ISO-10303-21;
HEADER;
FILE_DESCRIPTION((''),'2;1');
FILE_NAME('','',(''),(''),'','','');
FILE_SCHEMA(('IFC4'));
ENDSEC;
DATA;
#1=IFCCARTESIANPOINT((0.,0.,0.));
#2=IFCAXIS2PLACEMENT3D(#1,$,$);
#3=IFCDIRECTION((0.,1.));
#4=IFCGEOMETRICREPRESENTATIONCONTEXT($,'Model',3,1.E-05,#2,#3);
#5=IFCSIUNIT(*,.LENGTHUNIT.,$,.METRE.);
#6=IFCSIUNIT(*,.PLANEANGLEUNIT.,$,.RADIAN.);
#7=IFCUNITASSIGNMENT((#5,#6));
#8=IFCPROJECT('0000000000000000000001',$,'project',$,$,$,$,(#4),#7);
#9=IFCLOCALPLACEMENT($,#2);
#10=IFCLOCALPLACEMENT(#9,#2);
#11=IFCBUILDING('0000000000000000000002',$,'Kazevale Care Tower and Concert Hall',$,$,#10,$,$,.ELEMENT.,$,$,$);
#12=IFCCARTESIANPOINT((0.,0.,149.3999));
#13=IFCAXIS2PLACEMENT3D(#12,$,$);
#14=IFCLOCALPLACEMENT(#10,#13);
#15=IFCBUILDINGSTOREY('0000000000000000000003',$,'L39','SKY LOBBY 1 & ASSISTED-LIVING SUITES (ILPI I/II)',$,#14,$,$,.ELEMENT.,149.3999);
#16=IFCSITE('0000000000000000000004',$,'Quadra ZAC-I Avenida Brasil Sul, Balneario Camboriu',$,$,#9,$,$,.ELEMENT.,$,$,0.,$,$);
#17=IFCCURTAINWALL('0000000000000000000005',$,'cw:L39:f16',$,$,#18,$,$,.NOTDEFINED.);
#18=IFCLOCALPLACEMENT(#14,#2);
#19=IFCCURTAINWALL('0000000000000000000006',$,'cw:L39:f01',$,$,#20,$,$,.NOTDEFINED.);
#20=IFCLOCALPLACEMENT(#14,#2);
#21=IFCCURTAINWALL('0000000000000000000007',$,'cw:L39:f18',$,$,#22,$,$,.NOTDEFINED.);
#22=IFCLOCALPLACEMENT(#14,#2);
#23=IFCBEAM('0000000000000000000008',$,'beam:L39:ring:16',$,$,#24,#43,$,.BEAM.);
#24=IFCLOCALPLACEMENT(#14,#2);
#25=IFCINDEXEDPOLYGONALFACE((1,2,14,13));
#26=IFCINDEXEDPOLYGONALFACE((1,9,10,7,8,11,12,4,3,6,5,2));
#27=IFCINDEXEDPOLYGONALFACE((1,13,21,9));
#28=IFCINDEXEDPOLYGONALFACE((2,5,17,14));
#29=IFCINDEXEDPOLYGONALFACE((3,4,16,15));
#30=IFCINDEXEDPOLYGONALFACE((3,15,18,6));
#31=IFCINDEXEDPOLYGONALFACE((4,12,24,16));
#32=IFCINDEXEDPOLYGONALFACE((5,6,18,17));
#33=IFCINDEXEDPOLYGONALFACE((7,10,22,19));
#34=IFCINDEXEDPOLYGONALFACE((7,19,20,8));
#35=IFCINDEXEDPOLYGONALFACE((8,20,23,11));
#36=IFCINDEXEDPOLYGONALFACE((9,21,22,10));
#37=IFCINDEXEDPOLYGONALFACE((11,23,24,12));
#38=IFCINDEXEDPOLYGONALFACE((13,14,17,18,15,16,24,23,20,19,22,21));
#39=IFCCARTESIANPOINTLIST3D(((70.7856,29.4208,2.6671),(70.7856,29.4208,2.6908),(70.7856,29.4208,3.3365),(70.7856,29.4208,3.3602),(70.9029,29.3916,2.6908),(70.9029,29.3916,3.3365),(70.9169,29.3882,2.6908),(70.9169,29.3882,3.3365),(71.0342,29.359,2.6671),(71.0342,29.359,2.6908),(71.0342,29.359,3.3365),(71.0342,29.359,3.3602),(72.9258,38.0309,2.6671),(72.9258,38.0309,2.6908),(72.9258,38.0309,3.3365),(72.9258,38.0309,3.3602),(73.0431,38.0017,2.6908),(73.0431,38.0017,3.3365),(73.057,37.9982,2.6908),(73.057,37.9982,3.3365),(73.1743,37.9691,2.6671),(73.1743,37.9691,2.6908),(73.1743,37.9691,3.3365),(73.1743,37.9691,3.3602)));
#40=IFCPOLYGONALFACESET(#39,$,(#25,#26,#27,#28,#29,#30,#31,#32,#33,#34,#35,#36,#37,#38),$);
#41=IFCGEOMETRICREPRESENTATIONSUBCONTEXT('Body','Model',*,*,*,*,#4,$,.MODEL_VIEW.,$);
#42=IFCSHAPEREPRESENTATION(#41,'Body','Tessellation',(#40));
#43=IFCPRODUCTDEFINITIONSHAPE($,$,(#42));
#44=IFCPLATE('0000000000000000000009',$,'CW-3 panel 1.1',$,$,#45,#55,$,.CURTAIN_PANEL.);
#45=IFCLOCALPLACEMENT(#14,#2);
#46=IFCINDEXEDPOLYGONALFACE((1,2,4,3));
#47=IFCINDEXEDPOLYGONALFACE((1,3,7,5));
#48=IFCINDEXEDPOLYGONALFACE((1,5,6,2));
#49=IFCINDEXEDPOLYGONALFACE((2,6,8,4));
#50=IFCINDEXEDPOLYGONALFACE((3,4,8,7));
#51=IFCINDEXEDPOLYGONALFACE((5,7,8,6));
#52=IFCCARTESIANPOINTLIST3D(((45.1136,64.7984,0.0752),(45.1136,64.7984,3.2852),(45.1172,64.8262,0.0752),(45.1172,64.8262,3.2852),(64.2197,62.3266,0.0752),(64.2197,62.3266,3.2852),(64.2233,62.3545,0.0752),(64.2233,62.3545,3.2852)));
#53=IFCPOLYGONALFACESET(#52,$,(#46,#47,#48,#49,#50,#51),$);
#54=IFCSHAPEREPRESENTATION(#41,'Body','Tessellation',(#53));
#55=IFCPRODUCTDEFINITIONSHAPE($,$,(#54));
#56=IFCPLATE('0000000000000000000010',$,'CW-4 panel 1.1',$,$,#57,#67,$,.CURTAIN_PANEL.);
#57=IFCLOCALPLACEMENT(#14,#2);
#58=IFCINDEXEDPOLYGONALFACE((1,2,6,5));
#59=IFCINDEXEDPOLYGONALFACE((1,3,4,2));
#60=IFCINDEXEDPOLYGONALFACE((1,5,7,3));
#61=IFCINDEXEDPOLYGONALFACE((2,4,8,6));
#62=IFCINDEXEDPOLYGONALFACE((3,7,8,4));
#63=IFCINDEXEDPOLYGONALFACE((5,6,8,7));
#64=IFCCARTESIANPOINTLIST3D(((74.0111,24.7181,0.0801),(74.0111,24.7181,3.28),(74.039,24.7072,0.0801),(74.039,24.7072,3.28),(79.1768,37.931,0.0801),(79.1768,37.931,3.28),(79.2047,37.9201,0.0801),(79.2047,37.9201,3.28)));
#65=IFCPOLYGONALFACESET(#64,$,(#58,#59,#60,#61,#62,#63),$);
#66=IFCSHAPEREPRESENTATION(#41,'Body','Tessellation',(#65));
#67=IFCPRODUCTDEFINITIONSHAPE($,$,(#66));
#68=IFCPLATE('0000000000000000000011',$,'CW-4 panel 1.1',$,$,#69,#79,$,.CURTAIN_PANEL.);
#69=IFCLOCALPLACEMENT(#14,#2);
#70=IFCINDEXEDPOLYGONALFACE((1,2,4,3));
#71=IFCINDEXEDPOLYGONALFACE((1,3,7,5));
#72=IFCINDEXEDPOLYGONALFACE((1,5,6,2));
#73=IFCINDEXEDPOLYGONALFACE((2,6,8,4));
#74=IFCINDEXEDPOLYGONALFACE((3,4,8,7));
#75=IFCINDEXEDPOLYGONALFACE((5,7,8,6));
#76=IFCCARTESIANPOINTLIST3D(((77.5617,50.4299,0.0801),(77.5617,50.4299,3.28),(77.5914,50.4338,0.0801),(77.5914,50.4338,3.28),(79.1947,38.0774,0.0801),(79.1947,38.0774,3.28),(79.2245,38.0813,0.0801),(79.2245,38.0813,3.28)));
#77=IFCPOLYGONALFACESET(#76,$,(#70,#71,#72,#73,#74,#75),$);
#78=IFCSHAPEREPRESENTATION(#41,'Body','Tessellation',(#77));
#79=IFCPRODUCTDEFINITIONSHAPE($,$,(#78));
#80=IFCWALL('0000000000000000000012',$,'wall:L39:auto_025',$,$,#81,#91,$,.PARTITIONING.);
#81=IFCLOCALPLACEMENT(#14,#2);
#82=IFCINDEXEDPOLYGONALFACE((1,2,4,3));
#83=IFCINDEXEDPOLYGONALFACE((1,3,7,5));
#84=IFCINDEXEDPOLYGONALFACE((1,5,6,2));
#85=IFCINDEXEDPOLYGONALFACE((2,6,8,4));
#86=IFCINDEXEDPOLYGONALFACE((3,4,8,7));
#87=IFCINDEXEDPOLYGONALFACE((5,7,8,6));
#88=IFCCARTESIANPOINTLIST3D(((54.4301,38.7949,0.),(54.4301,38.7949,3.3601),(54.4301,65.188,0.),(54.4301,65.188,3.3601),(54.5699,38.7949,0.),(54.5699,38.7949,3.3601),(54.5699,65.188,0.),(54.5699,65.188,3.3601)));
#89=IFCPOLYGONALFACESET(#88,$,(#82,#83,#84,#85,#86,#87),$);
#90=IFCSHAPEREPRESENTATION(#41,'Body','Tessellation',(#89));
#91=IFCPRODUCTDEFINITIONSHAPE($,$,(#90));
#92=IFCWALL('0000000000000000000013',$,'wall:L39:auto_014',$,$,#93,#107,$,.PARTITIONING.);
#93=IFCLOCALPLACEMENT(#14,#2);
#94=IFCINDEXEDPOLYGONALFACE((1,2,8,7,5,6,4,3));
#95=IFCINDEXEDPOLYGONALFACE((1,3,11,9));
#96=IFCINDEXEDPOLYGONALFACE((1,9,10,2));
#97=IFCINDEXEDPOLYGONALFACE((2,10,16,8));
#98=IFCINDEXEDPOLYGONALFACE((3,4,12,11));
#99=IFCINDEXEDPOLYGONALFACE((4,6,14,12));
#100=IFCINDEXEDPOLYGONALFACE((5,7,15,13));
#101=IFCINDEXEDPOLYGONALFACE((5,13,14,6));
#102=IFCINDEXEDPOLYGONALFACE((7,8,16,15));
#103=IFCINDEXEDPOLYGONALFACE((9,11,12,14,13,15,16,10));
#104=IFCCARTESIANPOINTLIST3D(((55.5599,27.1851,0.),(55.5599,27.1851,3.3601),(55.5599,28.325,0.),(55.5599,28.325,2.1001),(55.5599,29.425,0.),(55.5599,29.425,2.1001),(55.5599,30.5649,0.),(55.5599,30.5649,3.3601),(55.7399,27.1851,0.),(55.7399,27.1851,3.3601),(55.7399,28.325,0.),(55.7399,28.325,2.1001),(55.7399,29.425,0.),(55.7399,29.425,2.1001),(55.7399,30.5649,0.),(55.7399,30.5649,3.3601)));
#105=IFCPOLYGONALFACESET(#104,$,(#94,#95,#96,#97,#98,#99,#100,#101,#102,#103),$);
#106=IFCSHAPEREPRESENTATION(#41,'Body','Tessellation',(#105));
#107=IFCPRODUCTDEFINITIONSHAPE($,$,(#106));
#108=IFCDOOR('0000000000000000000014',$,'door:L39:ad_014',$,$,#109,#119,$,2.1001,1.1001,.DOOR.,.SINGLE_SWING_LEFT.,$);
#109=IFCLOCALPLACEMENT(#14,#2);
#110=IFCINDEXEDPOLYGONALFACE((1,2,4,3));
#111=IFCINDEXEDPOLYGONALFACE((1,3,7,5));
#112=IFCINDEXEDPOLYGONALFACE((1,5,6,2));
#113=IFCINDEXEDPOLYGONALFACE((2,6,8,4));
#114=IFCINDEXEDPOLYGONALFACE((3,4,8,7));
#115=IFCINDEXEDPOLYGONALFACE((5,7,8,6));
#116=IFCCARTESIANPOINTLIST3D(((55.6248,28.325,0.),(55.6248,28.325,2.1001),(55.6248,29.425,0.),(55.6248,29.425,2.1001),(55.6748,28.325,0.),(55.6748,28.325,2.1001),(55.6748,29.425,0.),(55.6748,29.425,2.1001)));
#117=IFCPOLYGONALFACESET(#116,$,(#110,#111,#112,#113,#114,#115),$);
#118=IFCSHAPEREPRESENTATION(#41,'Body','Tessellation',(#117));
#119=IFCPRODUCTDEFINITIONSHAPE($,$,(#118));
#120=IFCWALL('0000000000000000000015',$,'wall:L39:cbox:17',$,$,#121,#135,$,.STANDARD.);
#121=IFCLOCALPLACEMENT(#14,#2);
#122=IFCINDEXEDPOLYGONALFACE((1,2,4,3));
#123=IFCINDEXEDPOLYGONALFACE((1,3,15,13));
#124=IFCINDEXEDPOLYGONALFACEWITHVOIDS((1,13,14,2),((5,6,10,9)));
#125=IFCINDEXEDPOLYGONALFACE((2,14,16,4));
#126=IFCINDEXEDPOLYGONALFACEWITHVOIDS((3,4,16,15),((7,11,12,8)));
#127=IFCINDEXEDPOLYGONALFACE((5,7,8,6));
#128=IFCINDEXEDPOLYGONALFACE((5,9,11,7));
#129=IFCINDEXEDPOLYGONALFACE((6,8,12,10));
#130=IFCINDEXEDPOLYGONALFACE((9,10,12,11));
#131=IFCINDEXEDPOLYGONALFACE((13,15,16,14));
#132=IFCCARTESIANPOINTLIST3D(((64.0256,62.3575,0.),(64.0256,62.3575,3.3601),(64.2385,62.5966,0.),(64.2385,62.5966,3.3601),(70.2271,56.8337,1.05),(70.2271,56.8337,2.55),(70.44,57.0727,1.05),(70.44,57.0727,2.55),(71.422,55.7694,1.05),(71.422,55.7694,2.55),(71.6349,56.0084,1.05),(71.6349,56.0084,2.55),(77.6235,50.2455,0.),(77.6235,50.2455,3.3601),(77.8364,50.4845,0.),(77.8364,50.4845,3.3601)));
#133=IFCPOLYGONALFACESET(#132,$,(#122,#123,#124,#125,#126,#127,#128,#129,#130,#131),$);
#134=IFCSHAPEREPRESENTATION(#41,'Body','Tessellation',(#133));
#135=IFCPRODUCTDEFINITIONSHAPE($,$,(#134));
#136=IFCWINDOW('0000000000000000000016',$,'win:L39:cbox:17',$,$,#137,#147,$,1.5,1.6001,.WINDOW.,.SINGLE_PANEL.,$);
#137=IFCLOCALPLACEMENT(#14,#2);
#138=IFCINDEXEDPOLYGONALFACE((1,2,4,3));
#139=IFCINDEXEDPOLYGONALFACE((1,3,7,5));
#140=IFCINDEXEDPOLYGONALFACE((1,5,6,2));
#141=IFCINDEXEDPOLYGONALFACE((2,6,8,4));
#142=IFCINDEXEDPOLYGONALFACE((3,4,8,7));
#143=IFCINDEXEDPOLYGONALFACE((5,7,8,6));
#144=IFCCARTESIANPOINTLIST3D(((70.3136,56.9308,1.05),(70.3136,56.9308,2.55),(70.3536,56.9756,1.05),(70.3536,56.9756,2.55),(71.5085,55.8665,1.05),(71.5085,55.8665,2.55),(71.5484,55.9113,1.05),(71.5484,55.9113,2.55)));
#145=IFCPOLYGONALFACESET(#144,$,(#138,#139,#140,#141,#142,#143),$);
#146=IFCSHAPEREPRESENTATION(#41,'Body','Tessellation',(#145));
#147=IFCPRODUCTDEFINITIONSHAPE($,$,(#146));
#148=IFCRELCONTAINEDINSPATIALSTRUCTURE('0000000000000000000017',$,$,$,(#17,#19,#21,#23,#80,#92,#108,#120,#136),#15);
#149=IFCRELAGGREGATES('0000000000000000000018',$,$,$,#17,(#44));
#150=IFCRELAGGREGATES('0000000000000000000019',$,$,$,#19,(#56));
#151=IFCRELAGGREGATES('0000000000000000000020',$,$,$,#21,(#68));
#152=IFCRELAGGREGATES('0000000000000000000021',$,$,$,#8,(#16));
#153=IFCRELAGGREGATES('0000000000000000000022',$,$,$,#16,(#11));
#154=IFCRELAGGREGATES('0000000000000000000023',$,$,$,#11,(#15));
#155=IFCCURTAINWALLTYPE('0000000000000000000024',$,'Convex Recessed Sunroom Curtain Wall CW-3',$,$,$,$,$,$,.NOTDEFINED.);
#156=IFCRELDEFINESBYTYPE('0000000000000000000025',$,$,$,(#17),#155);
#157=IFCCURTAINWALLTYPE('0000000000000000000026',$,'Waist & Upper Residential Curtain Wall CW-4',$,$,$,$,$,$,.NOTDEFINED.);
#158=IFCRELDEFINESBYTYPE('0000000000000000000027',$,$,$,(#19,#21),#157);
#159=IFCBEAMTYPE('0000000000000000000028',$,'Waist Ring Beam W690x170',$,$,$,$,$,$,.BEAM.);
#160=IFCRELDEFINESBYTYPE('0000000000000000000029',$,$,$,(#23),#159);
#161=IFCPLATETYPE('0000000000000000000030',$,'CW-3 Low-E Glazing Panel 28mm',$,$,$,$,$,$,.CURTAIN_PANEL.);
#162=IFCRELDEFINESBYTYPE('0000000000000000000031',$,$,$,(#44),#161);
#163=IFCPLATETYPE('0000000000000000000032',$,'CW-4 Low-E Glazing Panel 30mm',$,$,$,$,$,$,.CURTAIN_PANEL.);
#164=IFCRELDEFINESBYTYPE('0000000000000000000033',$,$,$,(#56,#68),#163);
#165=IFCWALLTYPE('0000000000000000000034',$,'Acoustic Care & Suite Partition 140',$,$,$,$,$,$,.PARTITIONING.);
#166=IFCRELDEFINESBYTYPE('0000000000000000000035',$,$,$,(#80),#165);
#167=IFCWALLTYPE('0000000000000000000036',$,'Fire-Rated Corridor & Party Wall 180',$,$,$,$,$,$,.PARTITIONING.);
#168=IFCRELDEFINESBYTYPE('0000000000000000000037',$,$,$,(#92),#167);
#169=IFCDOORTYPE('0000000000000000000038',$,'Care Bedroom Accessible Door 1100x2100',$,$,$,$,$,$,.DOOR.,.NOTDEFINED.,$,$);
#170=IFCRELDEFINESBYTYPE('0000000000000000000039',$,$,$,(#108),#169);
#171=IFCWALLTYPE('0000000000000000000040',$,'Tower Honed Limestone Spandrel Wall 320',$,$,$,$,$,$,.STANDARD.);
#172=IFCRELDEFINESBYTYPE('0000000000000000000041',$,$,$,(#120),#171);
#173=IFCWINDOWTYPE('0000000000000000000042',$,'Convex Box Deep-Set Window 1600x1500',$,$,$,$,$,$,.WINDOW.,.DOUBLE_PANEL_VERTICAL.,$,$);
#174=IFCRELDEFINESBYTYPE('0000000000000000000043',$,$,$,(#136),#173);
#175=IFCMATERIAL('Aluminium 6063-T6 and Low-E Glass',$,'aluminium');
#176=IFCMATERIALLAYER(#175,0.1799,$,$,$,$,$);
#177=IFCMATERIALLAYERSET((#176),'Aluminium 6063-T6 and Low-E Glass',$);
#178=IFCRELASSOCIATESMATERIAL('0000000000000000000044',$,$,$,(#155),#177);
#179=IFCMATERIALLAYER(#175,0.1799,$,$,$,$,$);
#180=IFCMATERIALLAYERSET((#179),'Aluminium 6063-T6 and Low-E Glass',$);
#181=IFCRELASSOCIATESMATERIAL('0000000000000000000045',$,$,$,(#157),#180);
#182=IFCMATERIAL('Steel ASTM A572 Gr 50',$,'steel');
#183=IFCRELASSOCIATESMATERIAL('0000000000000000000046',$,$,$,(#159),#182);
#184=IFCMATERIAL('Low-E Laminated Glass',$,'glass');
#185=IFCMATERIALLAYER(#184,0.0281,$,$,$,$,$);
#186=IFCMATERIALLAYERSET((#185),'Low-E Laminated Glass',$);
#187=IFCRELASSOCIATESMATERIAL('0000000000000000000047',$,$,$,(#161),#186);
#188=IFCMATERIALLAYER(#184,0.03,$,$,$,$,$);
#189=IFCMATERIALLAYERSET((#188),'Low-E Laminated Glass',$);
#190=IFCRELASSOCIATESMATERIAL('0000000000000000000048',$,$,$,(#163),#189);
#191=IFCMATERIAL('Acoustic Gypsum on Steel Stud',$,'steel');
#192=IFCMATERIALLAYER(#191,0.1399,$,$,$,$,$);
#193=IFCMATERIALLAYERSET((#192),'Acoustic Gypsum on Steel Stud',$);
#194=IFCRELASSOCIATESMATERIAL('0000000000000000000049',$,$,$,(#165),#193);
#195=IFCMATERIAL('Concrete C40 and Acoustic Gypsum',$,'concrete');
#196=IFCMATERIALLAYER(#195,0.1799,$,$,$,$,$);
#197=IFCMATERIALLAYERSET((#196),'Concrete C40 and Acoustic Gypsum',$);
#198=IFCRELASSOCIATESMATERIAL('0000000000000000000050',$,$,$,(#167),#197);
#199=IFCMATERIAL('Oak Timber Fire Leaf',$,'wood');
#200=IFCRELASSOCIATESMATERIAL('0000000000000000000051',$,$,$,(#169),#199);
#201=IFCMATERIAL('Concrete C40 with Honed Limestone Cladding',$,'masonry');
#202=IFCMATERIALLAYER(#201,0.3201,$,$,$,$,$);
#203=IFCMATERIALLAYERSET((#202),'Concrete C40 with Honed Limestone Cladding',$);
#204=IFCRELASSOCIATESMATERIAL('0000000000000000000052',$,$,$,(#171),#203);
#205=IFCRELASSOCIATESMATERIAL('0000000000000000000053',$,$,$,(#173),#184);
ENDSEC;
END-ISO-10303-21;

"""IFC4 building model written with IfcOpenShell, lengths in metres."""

from ifc_helpers import new_model, si_unit, direction, frame, frame_2d, origin, origin_2d, place, context, subcontext, project, spatial, rectangle, i_section, extrude, material, layer, layer_set, material_profile, profile_set, type_object, element, fill, aggregate, save


model = new_model("IFC4")

# Units and contexts
model_context = context("Model", 3, precision=1e-05, world=origin(), true_north=direction((0.0, 1.0)))
body_context = subcontext(model_context, "Body", "Model", "MODEL_VIEW")
ifc_project = project(units=[si_unit("LENGTHUNIT", "METRE"), si_unit("PLANEANGLEUNIT", "RADIAN")], contexts=[model_context])

# Site, building, storey
site_placement = place(None, origin())
site = spatial("IfcSite", under=ifc_project, at=site_placement, Name="Quadra ZAC-I Avenida Brasil Sul, Balneario Camboriu", CompositionType="ELEMENT", RefElevation=0.0)
building_placement = place(site_placement, origin())
building = spatial("IfcBuilding", under=site, at=building_placement, Name="Kazevale Care Tower and Concert Hall", CompositionType="ELEMENT")
storey_placement = place(building_placement, frame((0.0, 0.0, 149.3999)))
storey = spatial("IfcBuildingStorey", under=building, at=storey_placement, Name="L39", Description="SKY LOBBY 1 & ASSISTED-LIVING SUITES (ILPI I/II)", CompositionType="ELEMENT", Elevation=149.3999)

# Curtain walls
ifc_material_1 = material(Name="Aluminium 6063-T6 and Low-E Glass", Category="aluminium")
ifc_layer_1 = layer(ifc_material_1, 0.1799)
ifc_layer_set_1 = layer_set([ifc_layer_1], Name="Aluminium 6063-T6 and Low-E Glass")
curtain_wall_type_1 = type_object("IfcCurtainWallType", Name="Convex Recessed Sunroom Curtain Wall CW-3", PredefinedType="NOTDEFINED", material=ifc_layer_set_1)
curtain_wall_1_placement = place(storey_placement, origin())
curtain_wall_1 = element("IfcCurtainWall", 1, at=curtain_wall_1_placement, inside=storey, type_object=curtain_wall_type_1, Name="cw:L39:f16", PredefinedType="NOTDEFINED")
ifc_layer_2 = layer(ifc_material_1, 0.1799)
ifc_layer_set_2 = layer_set([ifc_layer_2], Name="Aluminium 6063-T6 and Low-E Glass")
curtain_wall_type_2 = type_object("IfcCurtainWallType", Name="Waist & Upper Residential Curtain Wall CW-4", PredefinedType="NOTDEFINED", material=ifc_layer_set_2)
curtain_wall_2_placement = place(storey_placement, origin())
curtain_wall_2 = element("IfcCurtainWall", 2, at=curtain_wall_2_placement, inside=storey, type_object=curtain_wall_type_2, Name="cw:L39:f01", PredefinedType="NOTDEFINED")

# Curtain wall
curtain_wall_3_placement = place(storey_placement, origin())
curtain_wall_3 = element("IfcCurtainWall", 3, at=curtain_wall_3_placement, inside=storey, type_object=curtain_wall_type_2, Name="cw:L39:f18", PredefinedType="NOTDEFINED")

# Beam
ifc_material_2 = material(Name="Steel ASTM A572 Gr 50", Category="steel")
ifc_material_profile_1 = material_profile(ifc_material_2, i_section(OverallWidth=0.2561, OverallDepth=0.6931, WebThickness=0.0144, FlangeThickness=0.0237, at=origin_2d()), Name="W690x170")
ifc_profile_set_1 = profile_set([ifc_material_profile_1], Name="Steel ASTM A572 Gr 50")
beam_type_1 = type_object("IfcBeamType", Name="Waist Ring Beam W690x170", PredefinedType="BEAM", material=ifc_profile_set_1)
beam_1_placement = place(storey_placement, frame((70.9099, 29.3899, 3.0137), z_axis=(0.241221, 0.97047, 0.0), x_axis=(-0.97047, 0.241221, 0.0)))
element("IfcBeam", 4, at=beam_1_placement, inside=storey, type_object=beam_type_1, Name="beam:L39:ring:16", PredefinedType="BEAM", context=body_context, shape_type="SweptSolid", body=[
    extrude(i_section(OverallWidth=0.2561, OverallDepth=0.6931, WebThickness=0.0144, FlangeThickness=0.0237, at=origin_2d()), origin(), (0.0, 0.0, 1.0), 8.8721),
])

# Plates
ifc_material_3 = material(Name="Low-E Laminated Glass", Category="glass")
ifc_layer_3 = layer(ifc_material_3, 0.0281)
ifc_layer_set_3 = layer_set([ifc_layer_3], Name="Low-E Laminated Glass")
plate_type_1 = type_object("IfcPlateType", Name="CW-3 Low-E Glazing Panel 28mm", PredefinedType="CURTAIN_PANEL", material=ifc_layer_set_3)
plate_1_placement = place(storey_placement, frame((54.6685, 63.5764, 0.0752), z_axis=(0.0, 0.0, 1.0), x_axis=(0.991735, -0.1283, 0.0)))
plate_1 = element("IfcPlate", 5, at=plate_1_placement, type_object=plate_type_1, Name="CW-3 panel 1.1", PredefinedType="CURTAIN_PANEL", context=body_context, shape_type="SweptSolid", body=[
    extrude(rectangle(XDim=19.2654, YDim=0.0281, at=origin_2d()), origin(), (0.0, 0.0, 1.0), 3.21),
])
aggregate(curtain_wall_1, [plate_1])
ifc_layer_4 = layer(ifc_material_3, 0.03)
ifc_layer_set_4 = layer_set([ifc_layer_4], Name="Low-E Laminated Glass")
plate_type_2 = type_object("IfcPlateType", Name="CW-4 Low-E Glazing Panel 30mm", PredefinedType="CURTAIN_PANEL", material=ifc_layer_set_4)
plate_2_placement = place(storey_placement, frame((76.6079, 31.3191, 0.0801), z_axis=(0.0, 0.0, 1.0), x_axis=(-0.364121, -0.931352, 0.0)))
plate_2 = element("IfcPlate", 6, at=plate_2_placement, type_object=plate_type_2, Name="CW-4 panel 1.1", PredefinedType="CURTAIN_PANEL", context=body_context, shape_type="SweptSolid", body=[
    extrude(rectangle(XDim=14.1868, YDim=0.03, at=origin_2d()), origin(), (0.0, 0.0, 1.0), 3.2),
])
aggregate(curtain_wall_2, [plate_2])
plate_3_placement = place(storey_placement, frame((78.3931, 44.2556, 0.0801), z_axis=(0.0, 0.0, 1.0), x_axis=(0.131063, -0.991374, 0.0)))
plate_3 = element("IfcPlate", 7, at=plate_3_placement, type_object=plate_type_2, Name="CW-4 panel 1.1", PredefinedType="CURTAIN_PANEL", context=body_context, shape_type="SweptSolid", body=[
    extrude(rectangle(XDim=12.46, YDim=0.03, at=origin_2d()), origin(), (0.0, 0.0, 1.0), 3.2),
])
aggregate(curtain_wall_3, [plate_3])

# Wall
ifc_material_4 = material(Name="Acoustic Gypsum on Steel Stud", Category="steel")
ifc_layer_5 = layer(ifc_material_4, 0.1399)
ifc_layer_set_5 = layer_set([ifc_layer_5], Name="Acoustic Gypsum on Steel Stud")
wall_type_1 = type_object("IfcWallType", Name="Acoustic Care & Suite Partition 140", PredefinedType="PARTITIONING", material=ifc_layer_set_5)
wall_1_placement = place(storey_placement, frame((54.5, 65.188, 0.0), z_axis=(0.0, 0.0, 1.0), x_axis=(0.0, -1.0, 0.0)))
element("IfcWall", 8, at=wall_1_placement, inside=storey, type_object=wall_type_1, Name="wall:L39:auto_025", PredefinedType="PARTITIONING", context=body_context, shape_type="SweptSolid", body=[
    extrude(rectangle(XDim=26.3931, YDim=0.1399, at=frame_2d((13.1965, 0.0))), origin(), (0.0, 0.0, 1.0), 3.3601),
])

# Wall, opening, door
ifc_material_5 = material(Name="Concrete C40 and Acoustic Gypsum", Category="concrete")
ifc_layer_6 = layer(ifc_material_5, 0.1799)
ifc_layer_set_6 = layer_set([ifc_layer_6], Name="Concrete C40 and Acoustic Gypsum")
wall_type_2 = type_object("IfcWallType", Name="Fire-Rated Corridor & Party Wall 180", PredefinedType="PARTITIONING", material=ifc_layer_set_6)
wall_2_placement = place(storey_placement, frame((55.6499, 30.5649, 0.0), z_axis=(0.0, 0.0, 1.0), x_axis=(0.0, -1.0, 0.0)))
wall_2 = element("IfcWall", 9, at=wall_2_placement, inside=storey, type_object=wall_type_2, Name="wall:L39:auto_014", PredefinedType="PARTITIONING", context=body_context, shape_type="SweptSolid", body=[
    extrude(rectangle(XDim=3.3799, YDim=0.1799, at=frame_2d((1.6899, 0.0))), origin(), (0.0, 0.0, 1.0), 3.3601),
])
opening_1_placement = place(wall_2_placement, frame((1.1399, 0.0, 0.0)))
opening_1 = element("IfcOpeningElement", 10, at=opening_1_placement, cuts=wall_2, PredefinedType="OPENING", context=body_context, shape_type="SweptSolid", body=[
    extrude(rectangle(XDim=1.1001, YDim=2.1001, at=frame_2d((0.55, 1.05))), frame((0.0, 0.0999, 0.0), z_axis=(0.0, -1.0, 0.0), x_axis=(1.0, 0.0, 0.0)), (0.0, 0.0, 1.0), 0.2),
])
ifc_material_6 = material(Name="Oak Timber Fire Leaf", Category="wood")
door_type = type_object("IfcDoorType", Name="Care Bedroom Accessible Door 1100x2100", OperationType="NOTDEFINED", PredefinedType="DOOR", material=ifc_material_6)
door_placement = place(opening_1_placement, origin())
door = element("IfcDoor", 11, at=door_placement, inside=storey, type_object=door_type, Name="door:L39:ad_014", OperationType="SINGLE_SWING_LEFT", OverallHeight=2.1001, OverallWidth=1.1001, PredefinedType="DOOR", context=body_context, shape_type="SweptSolid", body=[
    extrude(rectangle(XDim=1.1001, YDim=2.1001, at=frame_2d((0.55, 1.05))), frame((0.0, 0.0249, 0.0), z_axis=(0.0, -1.0, 0.0), x_axis=(1.0, 0.0, 0.0)), (0.0, 0.0, 1.0), 0.05),
])
fill(opening_1, door)

# Wall, opening, window
ifc_material_7 = material(Name="Concrete C40 with Honed Limestone Cladding", Category="masonry")
ifc_layer_7 = layer(ifc_material_7, 0.3201)
ifc_layer_set_7 = layer_set([ifc_layer_7], Name="Concrete C40 with Honed Limestone Cladding")
wall_type_3 = type_object("IfcWallType", Name="Tower Honed Limestone Spandrel Wall 320", PredefinedType="STANDARD", material=ifc_layer_set_7)
wall_3_placement = place(storey_placement, frame((64.1321, 62.4771, 0.0), z_axis=(0.0, 0.0, 1.0), x_axis=(0.746726, -0.665132, 0.0)))
wall_3 = element("IfcWall", 12, at=wall_3_placement, inside=storey, type_object=wall_type_3, Name="wall:L39:cbox:17", PredefinedType="STANDARD", context=body_context, shape_type="SweptSolid", body=[
    extrude(rectangle(XDim=18.21, YDim=0.3201, at=frame_2d((9.105, 0.0))), origin(), (0.0, 0.0, 1.0), 3.3601),
])
opening_2_placement = place(wall_3_placement, frame((8.3049, 0.0, 1.05)))
opening_2 = element("IfcOpeningElement", 13, at=opening_2_placement, cuts=wall_3, PredefinedType="OPENING", context=body_context, shape_type="SweptSolid", body=[
    extrude(rectangle(XDim=1.6001, YDim=1.5, at=frame_2d((0.8, 0.75))), frame((0.0, 0.1699, 0.0), z_axis=(0.0, -1.0, 0.0), x_axis=(1.0, 0.0, 0.0)), (0.0, 0.0, 1.0), 0.3401),
])
window_type = type_object("IfcWindowType", Name="Convex Box Deep-Set Window 1600x1500", PartitioningType="DOUBLE_PANEL_VERTICAL", PredefinedType="WINDOW", material=ifc_material_3)
window_placement = place(opening_2_placement, origin())
window = element("IfcWindow", 14, at=window_placement, inside=storey, type_object=window_type, Name="win:L39:cbox:17", OverallHeight=1.5, OverallWidth=1.6001, PartitioningType="SINGLE_PANEL", PredefinedType="WINDOW", context=body_context, shape_type="SweptSolid", body=[
    extrude(rectangle(XDim=1.6001, YDim=1.5, at=frame_2d((0.8, 0.75))), frame((0.0, 0.03, 0.0), z_axis=(0.0, -1.0, 0.0), x_axis=(1.0, 0.0, 0.0)), (0.0, 0.0, 1.0), 0.0601),
])
fill(opening_2, window)

save(model, "model.ifc")
